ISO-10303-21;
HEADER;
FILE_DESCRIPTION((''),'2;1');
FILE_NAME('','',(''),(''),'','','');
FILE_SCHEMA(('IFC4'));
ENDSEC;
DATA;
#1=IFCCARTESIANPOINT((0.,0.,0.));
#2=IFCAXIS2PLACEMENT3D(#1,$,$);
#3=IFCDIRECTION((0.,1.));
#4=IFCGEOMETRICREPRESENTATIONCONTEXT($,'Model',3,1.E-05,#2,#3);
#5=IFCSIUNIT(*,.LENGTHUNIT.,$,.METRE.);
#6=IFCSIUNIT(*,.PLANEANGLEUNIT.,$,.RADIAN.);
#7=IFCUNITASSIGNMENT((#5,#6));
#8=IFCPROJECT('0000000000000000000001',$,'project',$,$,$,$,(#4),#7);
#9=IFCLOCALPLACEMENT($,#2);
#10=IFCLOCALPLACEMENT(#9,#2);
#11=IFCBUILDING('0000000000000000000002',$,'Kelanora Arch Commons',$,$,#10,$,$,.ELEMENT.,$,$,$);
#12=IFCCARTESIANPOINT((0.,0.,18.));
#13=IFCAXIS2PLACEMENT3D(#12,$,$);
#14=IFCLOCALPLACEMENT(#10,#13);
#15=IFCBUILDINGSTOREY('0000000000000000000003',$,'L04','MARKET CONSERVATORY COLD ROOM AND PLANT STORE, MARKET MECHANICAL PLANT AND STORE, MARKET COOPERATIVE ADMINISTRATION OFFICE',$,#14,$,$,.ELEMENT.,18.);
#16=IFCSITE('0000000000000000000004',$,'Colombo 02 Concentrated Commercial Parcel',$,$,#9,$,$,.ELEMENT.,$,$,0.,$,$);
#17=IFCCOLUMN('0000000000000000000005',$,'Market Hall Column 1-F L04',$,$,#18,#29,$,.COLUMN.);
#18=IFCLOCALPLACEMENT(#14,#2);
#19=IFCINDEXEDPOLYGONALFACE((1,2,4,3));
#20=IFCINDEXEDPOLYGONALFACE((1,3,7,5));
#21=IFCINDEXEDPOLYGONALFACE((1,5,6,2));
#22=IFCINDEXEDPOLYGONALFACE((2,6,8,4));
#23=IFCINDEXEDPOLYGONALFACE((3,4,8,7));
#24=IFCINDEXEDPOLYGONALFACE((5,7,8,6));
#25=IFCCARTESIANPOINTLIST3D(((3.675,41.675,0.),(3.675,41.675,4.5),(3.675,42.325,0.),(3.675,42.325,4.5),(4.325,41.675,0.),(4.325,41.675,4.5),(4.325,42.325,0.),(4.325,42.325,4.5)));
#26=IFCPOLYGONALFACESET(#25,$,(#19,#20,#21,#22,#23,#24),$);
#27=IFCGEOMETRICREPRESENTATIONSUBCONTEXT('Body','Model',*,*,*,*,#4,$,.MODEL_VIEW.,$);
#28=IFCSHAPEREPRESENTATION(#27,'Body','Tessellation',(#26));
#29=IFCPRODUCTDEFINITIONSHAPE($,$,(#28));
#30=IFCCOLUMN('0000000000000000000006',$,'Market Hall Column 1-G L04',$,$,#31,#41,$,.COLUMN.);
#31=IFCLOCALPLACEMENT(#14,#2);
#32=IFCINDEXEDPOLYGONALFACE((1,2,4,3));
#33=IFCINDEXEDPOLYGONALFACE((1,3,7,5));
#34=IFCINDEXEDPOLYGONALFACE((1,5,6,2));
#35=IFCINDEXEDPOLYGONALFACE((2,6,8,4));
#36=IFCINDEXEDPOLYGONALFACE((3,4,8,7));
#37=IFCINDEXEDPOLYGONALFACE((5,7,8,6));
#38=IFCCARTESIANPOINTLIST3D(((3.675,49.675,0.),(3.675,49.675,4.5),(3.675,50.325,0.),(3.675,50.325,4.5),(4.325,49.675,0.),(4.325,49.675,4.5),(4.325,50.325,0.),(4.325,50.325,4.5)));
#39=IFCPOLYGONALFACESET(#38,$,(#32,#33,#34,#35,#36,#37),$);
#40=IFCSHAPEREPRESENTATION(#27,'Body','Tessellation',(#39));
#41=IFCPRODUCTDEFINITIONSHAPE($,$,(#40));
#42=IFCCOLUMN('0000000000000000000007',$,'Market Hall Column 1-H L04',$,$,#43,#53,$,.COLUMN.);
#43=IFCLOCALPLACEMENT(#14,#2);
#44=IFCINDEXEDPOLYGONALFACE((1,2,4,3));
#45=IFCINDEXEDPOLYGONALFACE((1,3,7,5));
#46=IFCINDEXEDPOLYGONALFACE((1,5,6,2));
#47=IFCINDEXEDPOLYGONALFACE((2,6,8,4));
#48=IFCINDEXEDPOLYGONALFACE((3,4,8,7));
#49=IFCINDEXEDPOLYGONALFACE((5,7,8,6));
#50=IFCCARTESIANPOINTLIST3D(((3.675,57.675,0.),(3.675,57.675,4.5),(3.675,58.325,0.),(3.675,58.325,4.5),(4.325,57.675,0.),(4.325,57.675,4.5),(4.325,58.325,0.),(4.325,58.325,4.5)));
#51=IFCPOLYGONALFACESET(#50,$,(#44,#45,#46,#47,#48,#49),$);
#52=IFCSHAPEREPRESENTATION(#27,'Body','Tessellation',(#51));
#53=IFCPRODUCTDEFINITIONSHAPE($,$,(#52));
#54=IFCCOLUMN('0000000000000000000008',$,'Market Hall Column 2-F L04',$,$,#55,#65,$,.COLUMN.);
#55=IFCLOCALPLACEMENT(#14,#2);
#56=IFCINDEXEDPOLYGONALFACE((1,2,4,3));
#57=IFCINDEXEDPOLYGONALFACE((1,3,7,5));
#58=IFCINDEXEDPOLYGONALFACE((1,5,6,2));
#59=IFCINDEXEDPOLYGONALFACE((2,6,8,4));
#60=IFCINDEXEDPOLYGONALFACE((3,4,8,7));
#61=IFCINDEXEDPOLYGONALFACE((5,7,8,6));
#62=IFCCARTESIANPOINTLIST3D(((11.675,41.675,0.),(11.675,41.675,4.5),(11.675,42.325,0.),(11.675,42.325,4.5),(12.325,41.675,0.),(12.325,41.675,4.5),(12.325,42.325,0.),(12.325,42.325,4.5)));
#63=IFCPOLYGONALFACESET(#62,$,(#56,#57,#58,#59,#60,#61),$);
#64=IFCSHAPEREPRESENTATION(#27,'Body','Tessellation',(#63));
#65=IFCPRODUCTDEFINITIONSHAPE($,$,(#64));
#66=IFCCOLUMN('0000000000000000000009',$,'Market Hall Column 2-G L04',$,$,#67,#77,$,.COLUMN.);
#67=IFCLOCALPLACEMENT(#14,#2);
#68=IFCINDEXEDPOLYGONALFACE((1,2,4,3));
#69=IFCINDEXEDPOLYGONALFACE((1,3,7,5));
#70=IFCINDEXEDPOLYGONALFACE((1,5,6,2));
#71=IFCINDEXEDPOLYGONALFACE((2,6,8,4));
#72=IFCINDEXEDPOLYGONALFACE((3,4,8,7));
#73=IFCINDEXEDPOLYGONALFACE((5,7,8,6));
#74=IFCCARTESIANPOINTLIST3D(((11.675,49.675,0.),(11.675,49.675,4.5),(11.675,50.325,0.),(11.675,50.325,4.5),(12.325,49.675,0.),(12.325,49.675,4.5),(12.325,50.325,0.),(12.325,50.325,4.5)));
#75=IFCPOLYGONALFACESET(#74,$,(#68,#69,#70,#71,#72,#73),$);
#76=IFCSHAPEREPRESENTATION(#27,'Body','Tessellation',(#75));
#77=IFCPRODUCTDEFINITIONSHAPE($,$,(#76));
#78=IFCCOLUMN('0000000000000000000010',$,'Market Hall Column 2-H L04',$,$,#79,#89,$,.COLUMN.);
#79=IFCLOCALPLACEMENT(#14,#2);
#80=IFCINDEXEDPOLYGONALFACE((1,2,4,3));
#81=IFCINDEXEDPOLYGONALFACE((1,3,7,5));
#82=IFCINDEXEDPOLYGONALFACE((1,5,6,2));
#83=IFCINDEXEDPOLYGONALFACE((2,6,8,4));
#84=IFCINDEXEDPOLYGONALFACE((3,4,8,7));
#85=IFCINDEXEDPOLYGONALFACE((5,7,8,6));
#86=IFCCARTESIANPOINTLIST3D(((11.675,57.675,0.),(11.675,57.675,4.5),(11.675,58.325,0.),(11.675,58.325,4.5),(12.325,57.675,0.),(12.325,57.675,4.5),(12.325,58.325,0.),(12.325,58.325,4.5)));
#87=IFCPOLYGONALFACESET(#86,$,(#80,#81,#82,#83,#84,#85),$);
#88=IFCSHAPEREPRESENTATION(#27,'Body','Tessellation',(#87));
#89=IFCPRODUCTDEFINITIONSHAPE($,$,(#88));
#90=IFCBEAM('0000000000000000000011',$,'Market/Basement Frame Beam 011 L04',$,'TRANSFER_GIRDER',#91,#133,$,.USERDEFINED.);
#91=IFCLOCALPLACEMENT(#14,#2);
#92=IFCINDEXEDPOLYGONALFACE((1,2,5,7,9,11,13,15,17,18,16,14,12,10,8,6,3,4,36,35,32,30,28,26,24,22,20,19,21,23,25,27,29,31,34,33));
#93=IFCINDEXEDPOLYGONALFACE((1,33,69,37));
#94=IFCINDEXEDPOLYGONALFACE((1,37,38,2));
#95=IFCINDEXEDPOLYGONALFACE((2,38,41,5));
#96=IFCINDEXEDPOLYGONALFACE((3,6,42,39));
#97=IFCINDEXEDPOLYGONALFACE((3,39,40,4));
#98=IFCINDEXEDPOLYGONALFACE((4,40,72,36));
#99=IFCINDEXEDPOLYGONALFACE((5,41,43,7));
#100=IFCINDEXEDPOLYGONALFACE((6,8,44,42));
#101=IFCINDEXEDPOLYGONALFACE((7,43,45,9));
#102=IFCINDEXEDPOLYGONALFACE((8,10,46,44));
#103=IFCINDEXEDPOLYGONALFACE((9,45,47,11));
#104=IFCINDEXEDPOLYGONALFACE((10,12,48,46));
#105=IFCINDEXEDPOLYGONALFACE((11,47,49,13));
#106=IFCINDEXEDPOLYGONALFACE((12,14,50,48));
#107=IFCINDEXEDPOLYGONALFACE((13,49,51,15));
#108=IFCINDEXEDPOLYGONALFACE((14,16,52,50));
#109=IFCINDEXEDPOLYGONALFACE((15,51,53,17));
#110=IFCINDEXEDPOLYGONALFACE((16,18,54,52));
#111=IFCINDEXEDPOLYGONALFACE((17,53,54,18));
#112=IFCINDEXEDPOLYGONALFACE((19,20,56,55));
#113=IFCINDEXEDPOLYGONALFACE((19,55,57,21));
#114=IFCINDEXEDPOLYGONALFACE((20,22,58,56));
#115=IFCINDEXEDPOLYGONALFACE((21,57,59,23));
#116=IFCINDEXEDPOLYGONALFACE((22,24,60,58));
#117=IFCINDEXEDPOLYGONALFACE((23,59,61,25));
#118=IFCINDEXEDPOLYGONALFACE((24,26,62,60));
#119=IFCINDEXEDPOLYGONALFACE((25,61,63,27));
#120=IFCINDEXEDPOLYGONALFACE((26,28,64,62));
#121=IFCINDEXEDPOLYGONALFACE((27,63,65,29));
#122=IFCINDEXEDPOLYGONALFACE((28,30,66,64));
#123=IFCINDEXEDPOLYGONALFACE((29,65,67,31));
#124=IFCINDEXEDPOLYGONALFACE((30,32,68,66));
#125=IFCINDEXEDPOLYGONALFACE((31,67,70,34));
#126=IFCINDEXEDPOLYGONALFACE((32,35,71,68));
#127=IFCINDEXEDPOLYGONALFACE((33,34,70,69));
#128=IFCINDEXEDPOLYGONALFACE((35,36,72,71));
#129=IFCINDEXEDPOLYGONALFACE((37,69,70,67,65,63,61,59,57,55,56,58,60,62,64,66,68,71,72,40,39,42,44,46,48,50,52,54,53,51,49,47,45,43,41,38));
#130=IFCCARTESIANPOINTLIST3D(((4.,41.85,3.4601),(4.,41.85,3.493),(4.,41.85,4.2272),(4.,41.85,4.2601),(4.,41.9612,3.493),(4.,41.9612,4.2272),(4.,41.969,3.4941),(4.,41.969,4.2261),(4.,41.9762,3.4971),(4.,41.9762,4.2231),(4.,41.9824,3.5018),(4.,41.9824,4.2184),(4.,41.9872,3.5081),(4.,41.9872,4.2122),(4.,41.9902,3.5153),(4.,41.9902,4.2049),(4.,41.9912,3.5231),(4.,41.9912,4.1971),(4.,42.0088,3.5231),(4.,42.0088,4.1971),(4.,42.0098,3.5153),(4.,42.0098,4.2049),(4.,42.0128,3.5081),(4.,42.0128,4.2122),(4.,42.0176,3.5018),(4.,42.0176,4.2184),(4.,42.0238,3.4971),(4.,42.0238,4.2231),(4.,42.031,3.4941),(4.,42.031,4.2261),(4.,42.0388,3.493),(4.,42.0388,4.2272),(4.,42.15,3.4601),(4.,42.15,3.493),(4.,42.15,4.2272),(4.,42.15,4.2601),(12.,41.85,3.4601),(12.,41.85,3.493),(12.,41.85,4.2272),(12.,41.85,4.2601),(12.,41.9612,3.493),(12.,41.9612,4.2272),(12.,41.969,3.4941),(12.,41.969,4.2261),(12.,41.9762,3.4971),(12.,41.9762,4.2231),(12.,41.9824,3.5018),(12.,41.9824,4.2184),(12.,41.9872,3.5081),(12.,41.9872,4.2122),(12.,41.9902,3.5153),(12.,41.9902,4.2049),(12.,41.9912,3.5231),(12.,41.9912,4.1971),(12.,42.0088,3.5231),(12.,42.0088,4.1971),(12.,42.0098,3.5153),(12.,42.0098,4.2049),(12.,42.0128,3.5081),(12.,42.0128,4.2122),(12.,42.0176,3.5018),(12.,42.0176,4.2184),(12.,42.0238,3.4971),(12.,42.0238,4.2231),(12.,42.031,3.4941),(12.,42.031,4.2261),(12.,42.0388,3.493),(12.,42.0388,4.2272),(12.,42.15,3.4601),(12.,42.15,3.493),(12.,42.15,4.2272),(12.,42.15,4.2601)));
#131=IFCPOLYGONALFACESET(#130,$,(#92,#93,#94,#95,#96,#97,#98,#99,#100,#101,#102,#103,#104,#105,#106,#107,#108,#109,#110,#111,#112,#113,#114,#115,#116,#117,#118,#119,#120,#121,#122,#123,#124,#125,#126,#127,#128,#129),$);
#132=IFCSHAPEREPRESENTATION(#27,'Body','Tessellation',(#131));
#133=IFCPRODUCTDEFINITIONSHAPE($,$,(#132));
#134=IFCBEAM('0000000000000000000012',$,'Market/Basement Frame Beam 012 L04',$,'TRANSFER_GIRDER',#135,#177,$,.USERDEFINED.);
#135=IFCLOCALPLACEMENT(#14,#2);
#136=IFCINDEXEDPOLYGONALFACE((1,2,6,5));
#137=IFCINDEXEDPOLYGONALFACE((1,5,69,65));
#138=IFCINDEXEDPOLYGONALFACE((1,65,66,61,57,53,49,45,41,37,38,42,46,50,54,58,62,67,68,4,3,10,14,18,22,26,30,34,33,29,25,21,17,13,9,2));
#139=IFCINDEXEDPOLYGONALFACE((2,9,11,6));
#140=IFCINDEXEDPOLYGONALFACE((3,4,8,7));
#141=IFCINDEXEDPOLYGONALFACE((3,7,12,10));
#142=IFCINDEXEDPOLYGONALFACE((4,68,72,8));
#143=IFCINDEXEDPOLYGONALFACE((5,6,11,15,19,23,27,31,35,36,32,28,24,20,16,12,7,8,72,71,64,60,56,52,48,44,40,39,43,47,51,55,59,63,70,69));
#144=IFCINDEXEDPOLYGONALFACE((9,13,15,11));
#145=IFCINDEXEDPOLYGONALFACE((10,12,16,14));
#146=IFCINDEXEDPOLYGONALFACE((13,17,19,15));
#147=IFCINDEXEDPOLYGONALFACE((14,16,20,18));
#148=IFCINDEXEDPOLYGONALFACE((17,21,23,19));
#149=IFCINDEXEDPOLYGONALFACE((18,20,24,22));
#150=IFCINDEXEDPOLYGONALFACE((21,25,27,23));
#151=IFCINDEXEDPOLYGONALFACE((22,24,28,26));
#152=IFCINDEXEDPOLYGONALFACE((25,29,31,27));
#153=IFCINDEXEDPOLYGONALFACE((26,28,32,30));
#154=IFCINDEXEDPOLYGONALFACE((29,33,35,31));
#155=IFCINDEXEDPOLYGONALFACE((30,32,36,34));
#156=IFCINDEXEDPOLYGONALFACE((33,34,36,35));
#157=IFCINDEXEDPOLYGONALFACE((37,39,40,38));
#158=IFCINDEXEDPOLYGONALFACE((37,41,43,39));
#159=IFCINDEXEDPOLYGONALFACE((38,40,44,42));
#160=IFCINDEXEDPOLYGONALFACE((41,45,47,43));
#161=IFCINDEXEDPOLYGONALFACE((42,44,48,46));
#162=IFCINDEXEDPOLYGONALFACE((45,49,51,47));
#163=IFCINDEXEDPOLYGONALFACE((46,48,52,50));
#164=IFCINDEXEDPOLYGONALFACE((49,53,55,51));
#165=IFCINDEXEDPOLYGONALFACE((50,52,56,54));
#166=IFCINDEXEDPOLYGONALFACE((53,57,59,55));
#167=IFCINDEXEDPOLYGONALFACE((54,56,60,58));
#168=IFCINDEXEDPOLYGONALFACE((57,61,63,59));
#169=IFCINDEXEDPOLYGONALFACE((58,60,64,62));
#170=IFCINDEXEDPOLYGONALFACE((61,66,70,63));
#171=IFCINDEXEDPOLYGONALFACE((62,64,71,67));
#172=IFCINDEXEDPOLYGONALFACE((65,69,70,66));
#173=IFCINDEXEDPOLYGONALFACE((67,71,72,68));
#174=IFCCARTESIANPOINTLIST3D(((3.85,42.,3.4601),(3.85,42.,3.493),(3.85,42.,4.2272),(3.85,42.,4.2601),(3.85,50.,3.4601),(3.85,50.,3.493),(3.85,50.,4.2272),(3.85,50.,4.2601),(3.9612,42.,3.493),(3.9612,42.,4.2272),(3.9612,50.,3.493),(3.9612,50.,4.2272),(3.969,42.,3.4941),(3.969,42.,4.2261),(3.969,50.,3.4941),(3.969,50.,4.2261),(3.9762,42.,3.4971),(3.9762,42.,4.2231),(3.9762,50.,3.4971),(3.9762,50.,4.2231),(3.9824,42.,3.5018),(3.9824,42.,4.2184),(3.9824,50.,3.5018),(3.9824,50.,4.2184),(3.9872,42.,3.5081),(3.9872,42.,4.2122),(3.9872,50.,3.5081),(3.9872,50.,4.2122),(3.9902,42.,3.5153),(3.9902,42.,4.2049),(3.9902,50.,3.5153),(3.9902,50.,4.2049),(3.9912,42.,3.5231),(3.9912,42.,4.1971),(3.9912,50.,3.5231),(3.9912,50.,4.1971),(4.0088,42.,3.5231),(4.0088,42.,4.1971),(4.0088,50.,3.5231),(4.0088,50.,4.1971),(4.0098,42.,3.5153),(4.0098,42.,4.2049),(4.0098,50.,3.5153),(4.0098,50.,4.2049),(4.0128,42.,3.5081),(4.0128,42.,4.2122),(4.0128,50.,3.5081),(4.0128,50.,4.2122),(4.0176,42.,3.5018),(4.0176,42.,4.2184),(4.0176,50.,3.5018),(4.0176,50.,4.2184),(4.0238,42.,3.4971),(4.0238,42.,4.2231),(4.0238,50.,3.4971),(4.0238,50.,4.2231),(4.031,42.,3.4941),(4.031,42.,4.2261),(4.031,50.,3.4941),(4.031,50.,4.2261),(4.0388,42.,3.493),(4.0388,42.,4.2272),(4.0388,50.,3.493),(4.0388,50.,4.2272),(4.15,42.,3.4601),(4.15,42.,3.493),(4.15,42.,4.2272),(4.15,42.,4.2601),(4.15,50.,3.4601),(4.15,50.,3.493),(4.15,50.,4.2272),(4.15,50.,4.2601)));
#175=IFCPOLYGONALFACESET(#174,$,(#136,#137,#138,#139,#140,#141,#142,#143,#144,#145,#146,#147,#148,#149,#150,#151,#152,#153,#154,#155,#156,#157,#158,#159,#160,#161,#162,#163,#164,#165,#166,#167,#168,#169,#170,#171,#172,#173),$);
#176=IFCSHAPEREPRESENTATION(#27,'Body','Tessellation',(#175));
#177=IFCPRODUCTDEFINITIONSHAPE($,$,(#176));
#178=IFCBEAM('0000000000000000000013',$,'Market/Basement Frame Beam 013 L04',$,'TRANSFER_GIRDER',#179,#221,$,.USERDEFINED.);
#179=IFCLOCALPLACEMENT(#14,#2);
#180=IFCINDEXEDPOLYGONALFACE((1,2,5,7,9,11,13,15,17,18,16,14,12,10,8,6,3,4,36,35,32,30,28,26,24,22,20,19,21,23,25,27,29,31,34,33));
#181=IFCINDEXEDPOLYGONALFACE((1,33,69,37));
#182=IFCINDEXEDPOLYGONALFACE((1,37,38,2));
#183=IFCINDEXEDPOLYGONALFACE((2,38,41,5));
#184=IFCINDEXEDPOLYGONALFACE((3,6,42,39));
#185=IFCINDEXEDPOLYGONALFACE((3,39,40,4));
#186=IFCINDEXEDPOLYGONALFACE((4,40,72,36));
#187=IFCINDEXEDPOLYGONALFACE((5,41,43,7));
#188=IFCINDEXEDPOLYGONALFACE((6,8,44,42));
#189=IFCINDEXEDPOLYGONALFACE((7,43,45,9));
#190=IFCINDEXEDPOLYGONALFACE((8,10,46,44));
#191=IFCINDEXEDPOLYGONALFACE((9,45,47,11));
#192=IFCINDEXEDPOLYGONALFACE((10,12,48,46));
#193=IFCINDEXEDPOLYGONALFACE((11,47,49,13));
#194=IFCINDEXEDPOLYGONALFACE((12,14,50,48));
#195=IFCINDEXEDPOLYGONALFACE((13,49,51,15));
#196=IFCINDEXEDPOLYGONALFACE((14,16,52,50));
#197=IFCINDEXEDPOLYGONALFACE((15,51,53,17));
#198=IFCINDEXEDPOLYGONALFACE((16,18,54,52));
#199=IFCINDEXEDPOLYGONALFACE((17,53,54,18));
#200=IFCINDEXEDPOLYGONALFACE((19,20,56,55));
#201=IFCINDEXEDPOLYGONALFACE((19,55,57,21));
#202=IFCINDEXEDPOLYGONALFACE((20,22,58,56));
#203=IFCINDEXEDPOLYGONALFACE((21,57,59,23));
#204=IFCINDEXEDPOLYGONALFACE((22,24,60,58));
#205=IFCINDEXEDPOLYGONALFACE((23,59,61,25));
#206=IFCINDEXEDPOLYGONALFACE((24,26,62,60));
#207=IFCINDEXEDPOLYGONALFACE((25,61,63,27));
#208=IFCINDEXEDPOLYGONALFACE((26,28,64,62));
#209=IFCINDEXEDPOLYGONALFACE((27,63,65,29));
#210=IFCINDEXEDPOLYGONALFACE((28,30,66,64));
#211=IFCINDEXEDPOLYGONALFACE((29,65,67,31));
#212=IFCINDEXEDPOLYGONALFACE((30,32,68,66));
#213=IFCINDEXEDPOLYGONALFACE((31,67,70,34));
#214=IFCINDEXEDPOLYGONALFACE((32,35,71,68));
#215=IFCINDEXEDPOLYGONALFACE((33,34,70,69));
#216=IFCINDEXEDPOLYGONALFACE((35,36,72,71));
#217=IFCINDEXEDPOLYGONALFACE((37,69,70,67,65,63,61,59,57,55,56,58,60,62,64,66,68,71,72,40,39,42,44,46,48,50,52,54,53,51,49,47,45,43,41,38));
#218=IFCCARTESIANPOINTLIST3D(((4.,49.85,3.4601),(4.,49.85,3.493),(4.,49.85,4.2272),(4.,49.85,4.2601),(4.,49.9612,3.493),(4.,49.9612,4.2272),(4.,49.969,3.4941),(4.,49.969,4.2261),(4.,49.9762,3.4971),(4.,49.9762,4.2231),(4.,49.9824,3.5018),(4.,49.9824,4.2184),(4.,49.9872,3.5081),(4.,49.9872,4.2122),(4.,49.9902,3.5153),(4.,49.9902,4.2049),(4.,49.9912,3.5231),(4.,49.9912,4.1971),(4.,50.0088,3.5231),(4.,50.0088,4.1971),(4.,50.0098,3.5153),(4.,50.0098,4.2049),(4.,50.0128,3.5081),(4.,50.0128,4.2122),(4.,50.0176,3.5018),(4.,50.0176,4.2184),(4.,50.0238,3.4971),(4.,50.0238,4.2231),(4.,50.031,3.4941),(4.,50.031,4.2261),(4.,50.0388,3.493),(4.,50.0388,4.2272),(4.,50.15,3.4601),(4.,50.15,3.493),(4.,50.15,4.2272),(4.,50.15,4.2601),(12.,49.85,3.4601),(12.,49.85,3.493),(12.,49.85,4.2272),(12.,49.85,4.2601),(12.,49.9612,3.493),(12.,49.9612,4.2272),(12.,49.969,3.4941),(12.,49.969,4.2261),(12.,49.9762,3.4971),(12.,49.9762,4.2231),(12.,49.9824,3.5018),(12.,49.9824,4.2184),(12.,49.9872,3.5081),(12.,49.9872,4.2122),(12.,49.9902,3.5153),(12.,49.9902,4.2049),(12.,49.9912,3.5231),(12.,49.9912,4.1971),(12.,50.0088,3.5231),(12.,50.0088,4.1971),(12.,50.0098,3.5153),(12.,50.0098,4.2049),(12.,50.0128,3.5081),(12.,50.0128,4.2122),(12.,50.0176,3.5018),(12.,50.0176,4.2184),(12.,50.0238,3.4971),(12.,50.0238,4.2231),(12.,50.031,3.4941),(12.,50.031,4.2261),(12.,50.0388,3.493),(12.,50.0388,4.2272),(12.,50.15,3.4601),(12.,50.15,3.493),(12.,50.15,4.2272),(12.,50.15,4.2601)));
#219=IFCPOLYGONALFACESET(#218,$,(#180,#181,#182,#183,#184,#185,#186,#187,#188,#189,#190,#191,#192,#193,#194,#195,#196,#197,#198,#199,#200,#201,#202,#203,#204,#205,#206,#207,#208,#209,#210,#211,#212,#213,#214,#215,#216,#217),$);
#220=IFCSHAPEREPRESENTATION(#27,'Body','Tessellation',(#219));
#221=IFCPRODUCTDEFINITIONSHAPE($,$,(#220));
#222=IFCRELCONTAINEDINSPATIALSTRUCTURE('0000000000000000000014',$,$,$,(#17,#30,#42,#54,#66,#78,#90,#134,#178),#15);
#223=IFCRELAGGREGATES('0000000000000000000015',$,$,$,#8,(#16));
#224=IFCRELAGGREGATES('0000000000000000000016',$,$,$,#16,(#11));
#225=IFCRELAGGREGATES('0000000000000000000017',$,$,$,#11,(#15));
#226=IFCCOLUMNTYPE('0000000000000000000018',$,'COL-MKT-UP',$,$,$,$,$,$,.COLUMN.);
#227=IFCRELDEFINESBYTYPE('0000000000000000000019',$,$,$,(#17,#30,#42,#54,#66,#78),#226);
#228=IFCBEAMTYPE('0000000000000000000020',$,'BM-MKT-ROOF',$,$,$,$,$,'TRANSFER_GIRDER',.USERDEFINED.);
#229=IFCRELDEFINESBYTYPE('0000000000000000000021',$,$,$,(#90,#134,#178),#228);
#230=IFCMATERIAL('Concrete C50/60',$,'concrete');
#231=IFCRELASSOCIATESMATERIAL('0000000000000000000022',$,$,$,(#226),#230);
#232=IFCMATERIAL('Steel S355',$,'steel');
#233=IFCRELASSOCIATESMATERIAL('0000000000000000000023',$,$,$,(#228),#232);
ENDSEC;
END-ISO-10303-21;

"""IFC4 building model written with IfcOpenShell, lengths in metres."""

from ifc_helpers import new_model, si_unit, direction, frame, origin, origin_2d, place, context, subcontext, project, spatial, rectangle, i_section, extrude, material, material_profile, profile_set, type_object, element, save


model = new_model("IFC4")

# Units and contexts
model_context = context("Model", 3, precision=1e-05, world=origin(), true_north=direction((0.0, 1.0)))
body_context = subcontext(model_context, "Body", "Model", "MODEL_VIEW")
ifc_project = project(units=[si_unit("LENGTHUNIT", "METRE"), si_unit("PLANEANGLEUNIT", "RADIAN")], contexts=[model_context])

# Site, building, storey
site_placement = place(None, origin())
site = spatial("IfcSite", under=ifc_project, at=site_placement, Name="Colombo 02 Concentrated Commercial Parcel", CompositionType="ELEMENT", RefElevation=0.0)
building_placement = place(site_placement, origin())
building = spatial("IfcBuilding", under=site, at=building_placement, Name="Kelanora Arch Commons", CompositionType="ELEMENT")
storey_placement = place(building_placement, frame((0.0, 0.0, 18.0)))
storey = spatial("IfcBuildingStorey", under=building, at=storey_placement, Name="L04", Description="MARKET CONSERVATORY COLD ROOM AND PLANT STORE, MARKET MECHANICAL PLANT AND STORE, MARKET COOPERATIVE ADMINISTRATION OFFICE", CompositionType="ELEMENT", Elevation=18.0)

# Columns
ifc_material_1 = material(Name="Concrete C50/60", Category="concrete")
ifc_material_profile_1 = material_profile(ifc_material_1, rectangle(XDim=0.6499, YDim=0.6499, at=origin_2d()), Name="RC650x650")
ifc_profile_set_1 = profile_set([ifc_material_profile_1], Name="Concrete C50/60")
column_type = type_object("IfcColumnType", Name="COL-MKT-UP", PredefinedType="COLUMN", material=ifc_profile_set_1)
for number, where, z_axis, x_axis, name in (
    (1, (4.0, 42.0, 0.0), (0.0, 0.0, 1.0), (1.0, 0.0, 0.0), "Market Hall Column 1-F L04"),
    (2, (4.0, 50.0, 0.0), (0.0, 0.0, 1.0), (1.0, 0.0, 0.0), "Market Hall Column 1-G L04"),
    (3, (4.0, 58.0, 0.0), (0.0, 0.0, 1.0), (1.0, 0.0, 0.0), "Market Hall Column 1-H L04"),
    (4, (12.0, 42.0, 0.0), (0.0, 0.0, 1.0), (1.0, 0.0, 0.0), "Market Hall Column 2-F L04"),
    (5, (12.0, 50.0, 0.0), (0.0, 0.0, 1.0), (1.0, 0.0, 0.0), "Market Hall Column 2-G L04"),
    (6, (12.0, 58.0, 0.0), (0.0, 0.0, 1.0), (1.0, 0.0, 0.0), "Market Hall Column 2-H L04"),
):
    element("IfcColumn", number, at=place(storey_placement, frame(where, z_axis=z_axis, x_axis=x_axis)), inside=storey, type_object=column_type, Name=name, PredefinedType="COLUMN", context=body_context, shape_type="SweptSolid", body=[
        extrude(rectangle(XDim=0.6499, YDim=0.6499, at=origin_2d()), origin(), (0.0, 0.0, 1.0), 4.5),
    ])

# Beams
ifc_material_2 = material(Name="Steel S355", Category="steel")
ifc_material_profile_2 = material_profile(ifc_material_2, i_section(OverallWidth=0.3, OverallDepth=0.8, WebThickness=0.0176, FlangeThickness=0.033, FilletRadius=0.03, at=origin_2d()), Name="HEB800")
ifc_profile_set_2 = profile_set([ifc_material_profile_2], Name="Steel S355")
beam_type = type_object("IfcBeamType", Name="BM-MKT-ROOF", ElementType="TRANSFER_GIRDER", PredefinedType="USERDEFINED", material=ifc_profile_set_2)
for number, where, z_axis, x_axis, name in (
    (7, (4.0, 42.0, 3.8601), (1.0, 0.0, 0.0), (0.0, 1.0, 0.0), "Market/Basement Frame Beam 011 L04"),
    (8, (4.0, 42.0, 3.8601), (0.0, 1.0, 0.0), (-1.0, 0.0, 0.0), "Market/Basement Frame Beam 012 L04"),
    (9, (4.0, 50.0, 3.8601), (1.0, 0.0, 0.0), (0.0, 1.0, 0.0), "Market/Basement Frame Beam 013 L04"),
):
    element("IfcBeam", number, at=place(storey_placement, frame(where, z_axis=z_axis, x_axis=x_axis)), inside=storey, type_object=beam_type, Name=name, ObjectType="TRANSFER_GIRDER", PredefinedType="USERDEFINED", context=body_context, shape_type="SweptSolid", body=[
        extrude(i_section(OverallWidth=0.3, OverallDepth=0.8, WebThickness=0.0176, FlangeThickness=0.033, FilletRadius=0.03, at=origin_2d()), origin(), (0.0, 0.0, 1.0), 8.0),
    ])

save(model, "model.ifc")
